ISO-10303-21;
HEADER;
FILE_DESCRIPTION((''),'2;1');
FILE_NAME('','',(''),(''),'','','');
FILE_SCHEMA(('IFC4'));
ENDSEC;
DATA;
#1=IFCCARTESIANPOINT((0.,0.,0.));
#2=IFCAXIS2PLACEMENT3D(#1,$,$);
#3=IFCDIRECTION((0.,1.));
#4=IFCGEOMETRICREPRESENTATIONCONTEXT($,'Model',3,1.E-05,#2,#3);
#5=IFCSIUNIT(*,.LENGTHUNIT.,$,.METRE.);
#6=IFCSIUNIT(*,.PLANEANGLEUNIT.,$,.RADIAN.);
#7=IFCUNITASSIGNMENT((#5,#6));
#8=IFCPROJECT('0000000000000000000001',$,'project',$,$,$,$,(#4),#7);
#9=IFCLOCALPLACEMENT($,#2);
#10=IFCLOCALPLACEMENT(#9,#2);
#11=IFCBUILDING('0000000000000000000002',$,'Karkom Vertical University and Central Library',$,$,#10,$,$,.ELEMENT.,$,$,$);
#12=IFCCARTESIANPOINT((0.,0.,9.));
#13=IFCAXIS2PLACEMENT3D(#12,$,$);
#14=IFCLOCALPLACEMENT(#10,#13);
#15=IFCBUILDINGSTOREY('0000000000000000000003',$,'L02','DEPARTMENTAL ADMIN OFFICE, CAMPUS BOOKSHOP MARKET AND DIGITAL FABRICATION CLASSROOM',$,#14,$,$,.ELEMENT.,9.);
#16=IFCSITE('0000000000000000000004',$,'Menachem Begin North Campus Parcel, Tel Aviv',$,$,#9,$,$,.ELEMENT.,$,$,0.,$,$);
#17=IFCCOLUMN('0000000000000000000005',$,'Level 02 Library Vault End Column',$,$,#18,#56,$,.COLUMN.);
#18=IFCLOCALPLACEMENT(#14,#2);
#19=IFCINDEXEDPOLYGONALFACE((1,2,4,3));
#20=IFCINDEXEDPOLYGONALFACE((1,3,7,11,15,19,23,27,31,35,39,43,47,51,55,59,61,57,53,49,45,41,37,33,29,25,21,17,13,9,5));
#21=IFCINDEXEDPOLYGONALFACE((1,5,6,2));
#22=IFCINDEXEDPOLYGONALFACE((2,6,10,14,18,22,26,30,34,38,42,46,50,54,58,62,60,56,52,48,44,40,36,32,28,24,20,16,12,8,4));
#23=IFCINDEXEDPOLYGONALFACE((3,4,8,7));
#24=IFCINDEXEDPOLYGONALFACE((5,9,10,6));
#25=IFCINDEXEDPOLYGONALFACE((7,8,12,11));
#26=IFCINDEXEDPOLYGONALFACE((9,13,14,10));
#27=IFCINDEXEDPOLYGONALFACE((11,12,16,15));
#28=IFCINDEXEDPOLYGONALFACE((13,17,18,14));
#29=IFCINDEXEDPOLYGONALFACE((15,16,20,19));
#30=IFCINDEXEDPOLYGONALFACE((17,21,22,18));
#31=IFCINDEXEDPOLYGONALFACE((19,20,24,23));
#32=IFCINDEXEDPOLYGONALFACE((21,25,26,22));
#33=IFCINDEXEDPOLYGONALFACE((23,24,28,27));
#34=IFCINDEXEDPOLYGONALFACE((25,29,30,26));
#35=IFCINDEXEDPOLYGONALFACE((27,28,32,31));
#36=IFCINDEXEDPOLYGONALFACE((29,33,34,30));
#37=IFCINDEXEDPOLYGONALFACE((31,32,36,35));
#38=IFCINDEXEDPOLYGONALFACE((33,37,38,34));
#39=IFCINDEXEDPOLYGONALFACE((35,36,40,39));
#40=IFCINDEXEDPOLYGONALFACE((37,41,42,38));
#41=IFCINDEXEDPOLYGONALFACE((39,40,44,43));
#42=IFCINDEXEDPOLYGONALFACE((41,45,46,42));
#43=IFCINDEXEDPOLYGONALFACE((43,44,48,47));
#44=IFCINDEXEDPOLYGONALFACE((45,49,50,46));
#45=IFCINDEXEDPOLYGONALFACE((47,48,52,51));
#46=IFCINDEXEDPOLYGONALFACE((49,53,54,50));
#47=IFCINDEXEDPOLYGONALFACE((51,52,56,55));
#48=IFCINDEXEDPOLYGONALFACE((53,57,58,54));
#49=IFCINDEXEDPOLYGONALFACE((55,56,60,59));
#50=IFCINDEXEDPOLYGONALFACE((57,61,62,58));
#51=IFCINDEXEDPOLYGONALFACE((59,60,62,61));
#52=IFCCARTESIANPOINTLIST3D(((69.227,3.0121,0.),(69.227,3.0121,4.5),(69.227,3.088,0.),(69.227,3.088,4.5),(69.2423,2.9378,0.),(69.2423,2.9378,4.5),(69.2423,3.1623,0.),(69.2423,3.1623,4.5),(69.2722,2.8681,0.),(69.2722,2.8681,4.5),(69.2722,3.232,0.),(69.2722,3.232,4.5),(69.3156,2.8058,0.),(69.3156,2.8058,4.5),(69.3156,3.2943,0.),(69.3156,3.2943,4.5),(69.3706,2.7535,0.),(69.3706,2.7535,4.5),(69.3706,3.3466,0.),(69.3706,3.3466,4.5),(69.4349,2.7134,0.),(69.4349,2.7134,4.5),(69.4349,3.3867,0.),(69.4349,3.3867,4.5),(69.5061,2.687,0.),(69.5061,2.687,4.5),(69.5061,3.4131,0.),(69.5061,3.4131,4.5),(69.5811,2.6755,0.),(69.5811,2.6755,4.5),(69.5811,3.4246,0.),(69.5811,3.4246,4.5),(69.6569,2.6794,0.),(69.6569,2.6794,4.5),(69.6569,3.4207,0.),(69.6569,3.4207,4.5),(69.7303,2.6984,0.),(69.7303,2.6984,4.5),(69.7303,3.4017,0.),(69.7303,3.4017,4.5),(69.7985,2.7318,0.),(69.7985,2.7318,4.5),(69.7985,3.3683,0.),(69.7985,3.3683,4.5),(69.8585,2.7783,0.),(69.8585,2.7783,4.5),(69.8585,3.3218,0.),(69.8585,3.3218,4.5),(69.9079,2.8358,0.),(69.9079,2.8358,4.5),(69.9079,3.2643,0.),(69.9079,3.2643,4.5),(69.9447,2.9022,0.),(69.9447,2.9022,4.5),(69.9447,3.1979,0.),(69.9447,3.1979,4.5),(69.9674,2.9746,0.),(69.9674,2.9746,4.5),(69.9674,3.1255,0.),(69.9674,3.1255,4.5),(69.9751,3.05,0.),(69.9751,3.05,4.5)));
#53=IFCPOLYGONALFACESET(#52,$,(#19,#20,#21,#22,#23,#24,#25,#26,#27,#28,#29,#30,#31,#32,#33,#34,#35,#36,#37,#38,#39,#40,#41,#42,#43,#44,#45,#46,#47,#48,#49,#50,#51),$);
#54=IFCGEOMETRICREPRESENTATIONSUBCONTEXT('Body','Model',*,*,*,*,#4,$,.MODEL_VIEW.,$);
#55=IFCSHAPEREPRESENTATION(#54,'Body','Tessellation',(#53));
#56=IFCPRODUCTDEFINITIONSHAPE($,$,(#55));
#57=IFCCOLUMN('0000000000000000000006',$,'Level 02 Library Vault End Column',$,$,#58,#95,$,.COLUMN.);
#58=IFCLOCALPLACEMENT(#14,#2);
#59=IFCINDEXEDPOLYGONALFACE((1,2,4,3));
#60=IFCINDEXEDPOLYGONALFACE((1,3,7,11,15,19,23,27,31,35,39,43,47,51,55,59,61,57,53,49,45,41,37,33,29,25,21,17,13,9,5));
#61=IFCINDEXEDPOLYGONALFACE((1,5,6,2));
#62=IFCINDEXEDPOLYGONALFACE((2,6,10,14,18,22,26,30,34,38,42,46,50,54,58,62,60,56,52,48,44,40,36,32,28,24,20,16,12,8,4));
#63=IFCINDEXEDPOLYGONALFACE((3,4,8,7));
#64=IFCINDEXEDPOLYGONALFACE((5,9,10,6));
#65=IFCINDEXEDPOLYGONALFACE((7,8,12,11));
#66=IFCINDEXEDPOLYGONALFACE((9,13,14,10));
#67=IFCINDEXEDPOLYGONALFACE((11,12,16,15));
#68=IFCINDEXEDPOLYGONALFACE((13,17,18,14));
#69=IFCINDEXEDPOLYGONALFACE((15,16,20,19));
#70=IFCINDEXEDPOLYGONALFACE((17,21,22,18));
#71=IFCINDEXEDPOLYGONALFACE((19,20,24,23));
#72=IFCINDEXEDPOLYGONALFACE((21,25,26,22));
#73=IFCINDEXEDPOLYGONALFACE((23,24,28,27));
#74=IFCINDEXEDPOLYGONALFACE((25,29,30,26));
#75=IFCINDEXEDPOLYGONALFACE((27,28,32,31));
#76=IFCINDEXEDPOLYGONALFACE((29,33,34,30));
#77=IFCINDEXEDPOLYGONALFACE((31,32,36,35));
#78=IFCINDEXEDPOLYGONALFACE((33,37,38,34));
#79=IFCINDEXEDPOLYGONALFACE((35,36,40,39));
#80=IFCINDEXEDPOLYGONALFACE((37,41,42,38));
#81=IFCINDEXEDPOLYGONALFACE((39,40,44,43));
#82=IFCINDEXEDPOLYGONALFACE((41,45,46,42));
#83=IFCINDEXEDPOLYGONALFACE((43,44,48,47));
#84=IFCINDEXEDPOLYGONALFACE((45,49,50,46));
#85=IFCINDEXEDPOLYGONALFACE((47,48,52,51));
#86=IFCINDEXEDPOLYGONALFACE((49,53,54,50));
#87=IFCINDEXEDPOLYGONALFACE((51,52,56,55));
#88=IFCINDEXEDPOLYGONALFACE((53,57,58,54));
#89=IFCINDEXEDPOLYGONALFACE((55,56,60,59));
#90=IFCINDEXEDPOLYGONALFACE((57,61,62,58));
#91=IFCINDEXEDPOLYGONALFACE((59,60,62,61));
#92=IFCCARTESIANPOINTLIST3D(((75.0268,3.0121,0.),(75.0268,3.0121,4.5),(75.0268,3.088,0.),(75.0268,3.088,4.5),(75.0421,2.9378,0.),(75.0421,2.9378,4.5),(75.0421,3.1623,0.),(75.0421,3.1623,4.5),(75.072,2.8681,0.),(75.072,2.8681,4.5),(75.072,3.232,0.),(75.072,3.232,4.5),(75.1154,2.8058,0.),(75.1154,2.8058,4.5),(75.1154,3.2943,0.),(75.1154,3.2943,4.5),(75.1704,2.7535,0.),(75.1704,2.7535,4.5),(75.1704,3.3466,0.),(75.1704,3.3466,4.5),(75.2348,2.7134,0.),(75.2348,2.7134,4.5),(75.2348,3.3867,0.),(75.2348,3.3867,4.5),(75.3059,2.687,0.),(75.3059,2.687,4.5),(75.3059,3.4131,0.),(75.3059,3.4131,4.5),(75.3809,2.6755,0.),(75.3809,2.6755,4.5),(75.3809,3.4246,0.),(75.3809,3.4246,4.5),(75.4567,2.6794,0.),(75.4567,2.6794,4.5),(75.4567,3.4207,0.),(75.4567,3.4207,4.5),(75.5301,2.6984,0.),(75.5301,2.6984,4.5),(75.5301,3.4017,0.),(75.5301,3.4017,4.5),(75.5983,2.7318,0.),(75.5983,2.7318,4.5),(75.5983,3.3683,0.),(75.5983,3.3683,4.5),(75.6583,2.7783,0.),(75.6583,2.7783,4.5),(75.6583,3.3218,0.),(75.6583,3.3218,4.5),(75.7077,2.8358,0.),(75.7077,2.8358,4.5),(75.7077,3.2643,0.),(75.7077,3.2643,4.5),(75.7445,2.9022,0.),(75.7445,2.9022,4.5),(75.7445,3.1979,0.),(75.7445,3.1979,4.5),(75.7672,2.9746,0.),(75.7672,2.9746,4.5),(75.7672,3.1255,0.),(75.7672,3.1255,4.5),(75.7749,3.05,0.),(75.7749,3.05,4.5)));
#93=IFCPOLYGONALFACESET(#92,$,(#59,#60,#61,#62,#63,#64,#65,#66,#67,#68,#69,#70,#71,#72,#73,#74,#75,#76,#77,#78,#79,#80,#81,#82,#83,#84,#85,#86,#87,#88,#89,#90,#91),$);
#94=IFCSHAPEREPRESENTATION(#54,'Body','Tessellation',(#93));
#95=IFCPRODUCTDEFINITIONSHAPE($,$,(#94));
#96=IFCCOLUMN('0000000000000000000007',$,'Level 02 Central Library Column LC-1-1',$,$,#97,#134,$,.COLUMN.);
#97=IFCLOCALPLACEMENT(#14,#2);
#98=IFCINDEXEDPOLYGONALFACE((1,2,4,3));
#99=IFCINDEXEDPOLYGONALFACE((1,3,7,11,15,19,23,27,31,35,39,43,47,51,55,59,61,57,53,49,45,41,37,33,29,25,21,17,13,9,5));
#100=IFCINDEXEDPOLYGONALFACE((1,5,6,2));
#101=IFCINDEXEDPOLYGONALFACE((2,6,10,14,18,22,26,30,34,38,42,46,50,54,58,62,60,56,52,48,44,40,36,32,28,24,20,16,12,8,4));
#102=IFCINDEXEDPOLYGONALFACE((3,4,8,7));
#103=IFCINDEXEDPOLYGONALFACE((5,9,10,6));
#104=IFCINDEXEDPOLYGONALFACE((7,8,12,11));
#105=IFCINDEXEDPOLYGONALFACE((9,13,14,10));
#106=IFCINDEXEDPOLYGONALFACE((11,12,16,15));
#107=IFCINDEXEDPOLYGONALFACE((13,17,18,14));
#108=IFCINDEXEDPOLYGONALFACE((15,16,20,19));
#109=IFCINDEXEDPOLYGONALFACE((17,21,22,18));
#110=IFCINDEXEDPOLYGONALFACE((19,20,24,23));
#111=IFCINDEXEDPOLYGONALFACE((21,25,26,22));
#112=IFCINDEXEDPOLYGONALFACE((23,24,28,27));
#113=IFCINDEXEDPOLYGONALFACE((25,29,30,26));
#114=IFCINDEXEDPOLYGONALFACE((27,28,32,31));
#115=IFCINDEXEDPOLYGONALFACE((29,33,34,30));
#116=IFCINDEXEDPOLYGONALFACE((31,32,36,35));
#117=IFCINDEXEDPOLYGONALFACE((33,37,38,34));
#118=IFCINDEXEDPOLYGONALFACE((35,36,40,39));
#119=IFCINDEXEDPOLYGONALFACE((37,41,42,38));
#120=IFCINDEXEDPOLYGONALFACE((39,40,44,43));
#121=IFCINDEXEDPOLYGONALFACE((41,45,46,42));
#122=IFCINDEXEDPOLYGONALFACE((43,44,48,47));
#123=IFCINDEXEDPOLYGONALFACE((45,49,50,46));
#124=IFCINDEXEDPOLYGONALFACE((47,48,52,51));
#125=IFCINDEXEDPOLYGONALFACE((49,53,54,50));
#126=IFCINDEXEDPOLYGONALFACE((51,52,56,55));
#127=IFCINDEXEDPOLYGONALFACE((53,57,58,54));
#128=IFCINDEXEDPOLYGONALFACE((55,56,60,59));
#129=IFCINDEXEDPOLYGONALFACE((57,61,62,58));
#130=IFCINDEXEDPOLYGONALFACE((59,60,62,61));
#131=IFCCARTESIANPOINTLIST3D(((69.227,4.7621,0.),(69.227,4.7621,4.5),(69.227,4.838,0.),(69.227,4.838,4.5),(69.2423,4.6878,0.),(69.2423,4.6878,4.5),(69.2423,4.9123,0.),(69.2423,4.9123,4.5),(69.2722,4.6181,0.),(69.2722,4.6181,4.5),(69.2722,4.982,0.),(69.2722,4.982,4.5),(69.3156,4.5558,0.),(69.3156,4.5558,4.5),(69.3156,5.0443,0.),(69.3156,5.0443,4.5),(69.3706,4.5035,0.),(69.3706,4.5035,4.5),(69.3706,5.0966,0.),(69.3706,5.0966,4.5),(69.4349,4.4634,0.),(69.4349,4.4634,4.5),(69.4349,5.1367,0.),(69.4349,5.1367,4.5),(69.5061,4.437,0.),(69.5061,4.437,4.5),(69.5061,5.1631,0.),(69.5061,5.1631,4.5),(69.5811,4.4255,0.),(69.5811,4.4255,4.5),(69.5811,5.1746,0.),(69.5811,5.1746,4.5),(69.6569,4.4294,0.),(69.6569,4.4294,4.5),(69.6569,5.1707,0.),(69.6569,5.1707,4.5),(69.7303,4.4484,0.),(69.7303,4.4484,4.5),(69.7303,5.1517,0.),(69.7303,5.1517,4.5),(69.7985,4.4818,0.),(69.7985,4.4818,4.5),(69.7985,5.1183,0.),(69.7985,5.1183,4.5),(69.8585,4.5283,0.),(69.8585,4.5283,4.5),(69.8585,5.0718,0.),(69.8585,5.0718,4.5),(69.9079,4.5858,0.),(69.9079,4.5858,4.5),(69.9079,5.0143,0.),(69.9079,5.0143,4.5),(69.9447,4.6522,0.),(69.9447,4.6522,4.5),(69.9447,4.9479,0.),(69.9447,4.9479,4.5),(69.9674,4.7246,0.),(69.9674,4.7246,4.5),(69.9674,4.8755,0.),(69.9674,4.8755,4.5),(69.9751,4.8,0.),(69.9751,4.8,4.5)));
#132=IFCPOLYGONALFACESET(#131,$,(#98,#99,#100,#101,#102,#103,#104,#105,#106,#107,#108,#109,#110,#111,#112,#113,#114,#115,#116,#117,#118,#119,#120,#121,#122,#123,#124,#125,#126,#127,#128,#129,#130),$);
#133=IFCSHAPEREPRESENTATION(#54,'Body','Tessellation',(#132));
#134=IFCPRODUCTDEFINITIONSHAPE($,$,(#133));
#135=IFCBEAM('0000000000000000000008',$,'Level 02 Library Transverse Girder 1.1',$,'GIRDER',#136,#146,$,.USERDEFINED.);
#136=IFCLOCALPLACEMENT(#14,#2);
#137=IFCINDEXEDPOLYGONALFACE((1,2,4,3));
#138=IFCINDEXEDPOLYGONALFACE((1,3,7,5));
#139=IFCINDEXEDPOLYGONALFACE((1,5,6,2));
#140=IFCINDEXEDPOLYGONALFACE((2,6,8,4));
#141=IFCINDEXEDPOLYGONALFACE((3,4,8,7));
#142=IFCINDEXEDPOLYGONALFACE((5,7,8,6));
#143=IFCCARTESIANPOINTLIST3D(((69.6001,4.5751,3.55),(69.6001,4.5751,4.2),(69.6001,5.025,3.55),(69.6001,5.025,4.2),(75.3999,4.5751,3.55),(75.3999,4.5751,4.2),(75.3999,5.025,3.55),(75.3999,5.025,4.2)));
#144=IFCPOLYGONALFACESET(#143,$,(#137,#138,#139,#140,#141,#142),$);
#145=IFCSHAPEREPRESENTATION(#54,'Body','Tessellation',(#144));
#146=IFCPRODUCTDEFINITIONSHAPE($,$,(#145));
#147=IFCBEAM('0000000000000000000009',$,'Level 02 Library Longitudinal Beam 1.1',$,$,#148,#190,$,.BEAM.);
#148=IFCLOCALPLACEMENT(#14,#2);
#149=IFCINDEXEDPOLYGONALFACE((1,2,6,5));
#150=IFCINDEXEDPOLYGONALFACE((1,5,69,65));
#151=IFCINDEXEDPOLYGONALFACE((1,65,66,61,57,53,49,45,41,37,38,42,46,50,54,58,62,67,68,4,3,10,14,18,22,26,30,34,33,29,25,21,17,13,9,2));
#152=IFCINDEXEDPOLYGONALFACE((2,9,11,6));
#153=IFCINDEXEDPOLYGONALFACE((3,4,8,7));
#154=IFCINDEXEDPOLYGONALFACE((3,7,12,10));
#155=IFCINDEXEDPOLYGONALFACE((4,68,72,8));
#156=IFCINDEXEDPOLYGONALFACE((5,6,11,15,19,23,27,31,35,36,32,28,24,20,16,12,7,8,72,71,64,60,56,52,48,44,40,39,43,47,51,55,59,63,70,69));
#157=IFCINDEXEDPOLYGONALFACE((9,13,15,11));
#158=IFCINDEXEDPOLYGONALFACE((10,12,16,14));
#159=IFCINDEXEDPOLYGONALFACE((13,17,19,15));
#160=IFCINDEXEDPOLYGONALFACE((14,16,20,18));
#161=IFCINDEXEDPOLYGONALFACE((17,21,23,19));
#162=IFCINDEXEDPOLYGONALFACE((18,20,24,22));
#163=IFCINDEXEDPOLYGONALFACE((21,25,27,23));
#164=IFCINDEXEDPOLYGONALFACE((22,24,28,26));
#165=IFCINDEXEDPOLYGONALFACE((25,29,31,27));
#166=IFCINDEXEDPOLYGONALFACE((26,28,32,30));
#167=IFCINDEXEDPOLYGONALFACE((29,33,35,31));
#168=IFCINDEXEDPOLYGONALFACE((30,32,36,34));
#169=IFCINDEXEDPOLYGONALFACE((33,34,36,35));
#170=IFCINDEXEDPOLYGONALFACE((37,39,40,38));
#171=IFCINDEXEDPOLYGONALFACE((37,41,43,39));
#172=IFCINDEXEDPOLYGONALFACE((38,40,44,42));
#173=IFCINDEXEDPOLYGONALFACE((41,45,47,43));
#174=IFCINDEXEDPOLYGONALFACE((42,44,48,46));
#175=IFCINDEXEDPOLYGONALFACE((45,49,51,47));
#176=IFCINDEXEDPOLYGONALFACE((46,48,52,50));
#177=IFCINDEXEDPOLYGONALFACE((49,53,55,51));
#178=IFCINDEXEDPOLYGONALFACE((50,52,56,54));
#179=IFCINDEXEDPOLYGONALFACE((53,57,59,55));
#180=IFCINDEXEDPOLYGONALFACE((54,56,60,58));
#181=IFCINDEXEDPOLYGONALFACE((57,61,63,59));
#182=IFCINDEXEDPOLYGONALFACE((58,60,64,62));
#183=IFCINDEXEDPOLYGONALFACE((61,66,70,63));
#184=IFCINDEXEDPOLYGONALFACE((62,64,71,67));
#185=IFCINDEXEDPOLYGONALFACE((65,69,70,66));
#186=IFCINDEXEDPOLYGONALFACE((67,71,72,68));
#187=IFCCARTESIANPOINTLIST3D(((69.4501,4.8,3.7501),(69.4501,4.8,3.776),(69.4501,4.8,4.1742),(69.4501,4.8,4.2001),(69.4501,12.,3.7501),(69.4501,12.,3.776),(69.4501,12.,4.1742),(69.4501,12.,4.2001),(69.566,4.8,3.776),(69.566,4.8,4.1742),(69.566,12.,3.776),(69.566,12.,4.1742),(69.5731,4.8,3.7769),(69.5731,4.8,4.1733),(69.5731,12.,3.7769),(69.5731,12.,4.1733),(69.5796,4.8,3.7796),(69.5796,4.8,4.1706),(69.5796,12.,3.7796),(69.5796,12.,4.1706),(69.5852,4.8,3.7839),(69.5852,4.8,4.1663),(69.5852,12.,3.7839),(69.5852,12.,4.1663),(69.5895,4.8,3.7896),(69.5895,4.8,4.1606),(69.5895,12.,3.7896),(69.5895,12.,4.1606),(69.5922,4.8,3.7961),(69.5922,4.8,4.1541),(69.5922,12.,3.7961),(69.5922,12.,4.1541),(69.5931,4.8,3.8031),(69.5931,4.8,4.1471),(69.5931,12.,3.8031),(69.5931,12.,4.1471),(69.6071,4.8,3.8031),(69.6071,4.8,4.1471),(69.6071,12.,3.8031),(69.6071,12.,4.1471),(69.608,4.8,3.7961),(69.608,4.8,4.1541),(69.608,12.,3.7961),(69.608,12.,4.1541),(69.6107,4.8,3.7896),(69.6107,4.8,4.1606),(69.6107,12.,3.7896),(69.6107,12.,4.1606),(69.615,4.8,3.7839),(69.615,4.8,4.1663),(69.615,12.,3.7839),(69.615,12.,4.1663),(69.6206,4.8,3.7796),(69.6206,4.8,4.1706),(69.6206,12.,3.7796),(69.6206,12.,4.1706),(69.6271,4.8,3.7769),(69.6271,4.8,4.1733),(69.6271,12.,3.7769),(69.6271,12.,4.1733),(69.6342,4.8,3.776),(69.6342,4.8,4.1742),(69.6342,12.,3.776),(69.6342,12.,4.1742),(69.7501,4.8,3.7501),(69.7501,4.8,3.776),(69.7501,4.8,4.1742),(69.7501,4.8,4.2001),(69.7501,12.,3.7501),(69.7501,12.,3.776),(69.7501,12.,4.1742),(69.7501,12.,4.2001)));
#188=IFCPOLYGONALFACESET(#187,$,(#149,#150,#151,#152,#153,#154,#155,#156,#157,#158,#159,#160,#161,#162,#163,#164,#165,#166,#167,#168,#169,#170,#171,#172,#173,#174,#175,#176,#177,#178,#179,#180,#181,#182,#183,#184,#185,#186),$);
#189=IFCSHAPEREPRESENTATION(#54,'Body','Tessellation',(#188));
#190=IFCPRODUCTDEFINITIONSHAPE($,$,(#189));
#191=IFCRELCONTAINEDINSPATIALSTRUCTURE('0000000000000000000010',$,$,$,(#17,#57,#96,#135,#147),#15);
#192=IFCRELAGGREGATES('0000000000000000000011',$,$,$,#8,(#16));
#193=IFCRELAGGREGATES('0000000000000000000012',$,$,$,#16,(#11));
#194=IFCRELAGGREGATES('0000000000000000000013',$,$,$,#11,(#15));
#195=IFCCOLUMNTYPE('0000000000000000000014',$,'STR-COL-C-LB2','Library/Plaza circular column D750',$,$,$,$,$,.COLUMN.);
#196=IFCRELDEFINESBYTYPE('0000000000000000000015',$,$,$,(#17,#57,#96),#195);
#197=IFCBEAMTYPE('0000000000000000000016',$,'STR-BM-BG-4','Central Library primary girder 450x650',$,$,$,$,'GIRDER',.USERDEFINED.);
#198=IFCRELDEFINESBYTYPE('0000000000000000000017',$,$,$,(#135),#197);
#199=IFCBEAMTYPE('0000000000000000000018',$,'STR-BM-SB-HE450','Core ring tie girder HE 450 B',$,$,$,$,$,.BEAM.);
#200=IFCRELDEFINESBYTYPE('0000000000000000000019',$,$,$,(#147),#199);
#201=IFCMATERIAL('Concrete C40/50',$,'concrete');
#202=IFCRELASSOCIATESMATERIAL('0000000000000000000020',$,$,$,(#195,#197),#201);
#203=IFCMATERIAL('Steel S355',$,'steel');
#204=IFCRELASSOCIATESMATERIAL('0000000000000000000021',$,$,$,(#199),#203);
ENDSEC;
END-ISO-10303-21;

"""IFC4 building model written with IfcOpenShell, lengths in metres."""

from ifc_helpers import new_model, si_unit, direction, frame, origin, origin_with_axes, origin_2d, place, context, subcontext, project, spatial, rectangle, circle, i_section, extrude, source, transform, mapped, material, material_profile, profile_set, type_object, element, save


model = new_model("IFC4")

# Units and contexts
model_context = context("Model", 3, precision=1e-05, world=origin(), true_north=direction((0.0, 1.0)))
body_context = subcontext(model_context, "Body", "Model", "MODEL_VIEW")
ifc_project = project(units=[si_unit("LENGTHUNIT", "METRE"), si_unit("PLANEANGLEUNIT", "RADIAN")], contexts=[model_context])

# Site, building, storey
site_placement = place(None, origin())
site = spatial("IfcSite", under=ifc_project, at=site_placement, Name="Menachem Begin North Campus Parcel, Tel Aviv", CompositionType="ELEMENT", RefElevation=0.0)
building_placement = place(site_placement, origin())
building = spatial("IfcBuilding", under=site, at=building_placement, Name="Karkom Vertical University and Central Library", CompositionType="ELEMENT")
storey_placement = place(building_placement, frame((0.0, 0.0, 9.0)))
storey = spatial("IfcBuildingStorey", under=building, at=storey_placement, Name="L02", Description="DEPARTMENTAL ADMIN OFFICE, CAMPUS BOOKSHOP MARKET AND DIGITAL FABRICATION CLASSROOM", CompositionType="ELEMENT", Elevation=9.0)

# Columns
ifc_material_1 = material(Name="Concrete C40/50", Category="concrete")
ifc_material_profile_1 = material_profile(ifc_material_1, circle(Radius=0.375, at=origin_2d()), Name="RC-D750")
ifc_profile_set_1 = profile_set([ifc_material_profile_1], Name="Concrete C40/50")
column_type = type_object("IfcColumnType", Name="STR-COL-C-LB2", Description="Library/Plaza circular column D750", PredefinedType="COLUMN", material=ifc_profile_set_1)
shared_shape_1 = source(origin_with_axes(), body_context, "Body", "SweptSolid", [
    extrude(circle(Radius=0.375, at=origin_2d()), origin(), (0.0, 0.0, 1.0), 4.5),
])
for number, where, z_axis, x_axis, name in (
    (1, (69.6001, 3.05, 0.0), (0.0, 0.0, 1.0), (1.0, 0.0, 0.0), "Level 02 Library Vault End Column"),
    (2, (75.3999, 3.05, 0.0), (0.0, 0.0, 1.0), (1.0, 0.0, 0.0), "Level 02 Library Vault End Column"),
    (3, (69.6001, 4.8, 0.0), (0.0, 0.0, 1.0), (1.0, 0.0, 0.0), "Level 02 Central Library Column LC-1-1"),
):
    element("IfcColumn", number, at=place(storey_placement, frame(where, z_axis=z_axis, x_axis=x_axis)), inside=storey, type_object=column_type, Name=name, PredefinedType="COLUMN", context=body_context, shape_type="MappedRepresentation", body=[
        mapped(shared_shape_1, transform((0.0, 0.0, 0.0), scale=1.0)),
    ])

# Beams
ifc_material_profile_2 = material_profile(ifc_material_1, rectangle(XDim=0.45, YDim=0.6499, at=origin_2d()), Name="RCB-450x650")
ifc_profile_set_2 = profile_set([ifc_material_profile_2], Name="Concrete C40/50")
beam_type_1 = type_object("IfcBeamType", Name="STR-BM-BG-4", Description="Central Library primary girder 450x650", ElementType="GIRDER", PredefinedType="USERDEFINED", material=ifc_profile_set_2)
shared_shape_2 = source(origin_with_axes(), body_context, "Body", "SweptSolid", [
    extrude(rectangle(XDim=0.45, YDim=0.6499, at=origin_2d()), origin(), (0.0, 0.0, 1.0), 5.7998),
])
beam_1_placement = place(storey_placement, frame((69.6001, 4.8, 3.875), z_axis=(1.0, 0.0, 0.0), x_axis=(0.0, 1.0, 0.0)))
element("IfcBeam", 4, at=beam_1_placement, inside=storey, type_object=beam_type_1, Name="Level 02 Library Transverse Girder 1.1", ObjectType="GIRDER", PredefinedType="USERDEFINED", context=body_context, shape_type="MappedRepresentation", body=[
    mapped(shared_shape_2, transform((0.0, 0.0, 0.0), scale=1.0)),
])
ifc_material_2 = material(Name="Steel S355", Category="steel")
ifc_material_profile_3 = material_profile(ifc_material_2, i_section(OverallWidth=0.3, OverallDepth=0.45, WebThickness=0.0139, FlangeThickness=0.0259, FilletRadius=0.0271, at=origin_2d()), Name="HE 450 B")
ifc_profile_set_3 = profile_set([ifc_material_profile_3], Name="Steel S355")
beam_type_2 = type_object("IfcBeamType", Name="STR-BM-SB-HE450", Description="Core ring tie girder HE 450 B", PredefinedType="BEAM", material=ifc_profile_set_3)
shared_shape_3 = source(origin_with_axes(), body_context, "Body", "SweptSolid", [
    extrude(i_section(OverallWidth=0.3, OverallDepth=0.45, WebThickness=0.0139, FlangeThickness=0.0259, FilletRadius=0.0271, at=origin_2d()), origin(), (0.0, 0.0, 1.0), 7.2),
])
beam_2_placement = place(storey_placement, frame((69.6001, 4.8, 3.9751), z_axis=(0.0, 1.0, 0.0), x_axis=(-1.0, 0.0, 0.0)))
element("IfcBeam", 5, at=beam_2_placement, inside=storey, type_object=beam_type_2, Name="Level 02 Library Longitudinal Beam 1.1", PredefinedType="BEAM", context=body_context, shape_type="MappedRepresentation", body=[
    mapped(shared_shape_3, transform((0.0, 0.0, 0.0), scale=1.0)),
])

save(model, "model.ifc")
